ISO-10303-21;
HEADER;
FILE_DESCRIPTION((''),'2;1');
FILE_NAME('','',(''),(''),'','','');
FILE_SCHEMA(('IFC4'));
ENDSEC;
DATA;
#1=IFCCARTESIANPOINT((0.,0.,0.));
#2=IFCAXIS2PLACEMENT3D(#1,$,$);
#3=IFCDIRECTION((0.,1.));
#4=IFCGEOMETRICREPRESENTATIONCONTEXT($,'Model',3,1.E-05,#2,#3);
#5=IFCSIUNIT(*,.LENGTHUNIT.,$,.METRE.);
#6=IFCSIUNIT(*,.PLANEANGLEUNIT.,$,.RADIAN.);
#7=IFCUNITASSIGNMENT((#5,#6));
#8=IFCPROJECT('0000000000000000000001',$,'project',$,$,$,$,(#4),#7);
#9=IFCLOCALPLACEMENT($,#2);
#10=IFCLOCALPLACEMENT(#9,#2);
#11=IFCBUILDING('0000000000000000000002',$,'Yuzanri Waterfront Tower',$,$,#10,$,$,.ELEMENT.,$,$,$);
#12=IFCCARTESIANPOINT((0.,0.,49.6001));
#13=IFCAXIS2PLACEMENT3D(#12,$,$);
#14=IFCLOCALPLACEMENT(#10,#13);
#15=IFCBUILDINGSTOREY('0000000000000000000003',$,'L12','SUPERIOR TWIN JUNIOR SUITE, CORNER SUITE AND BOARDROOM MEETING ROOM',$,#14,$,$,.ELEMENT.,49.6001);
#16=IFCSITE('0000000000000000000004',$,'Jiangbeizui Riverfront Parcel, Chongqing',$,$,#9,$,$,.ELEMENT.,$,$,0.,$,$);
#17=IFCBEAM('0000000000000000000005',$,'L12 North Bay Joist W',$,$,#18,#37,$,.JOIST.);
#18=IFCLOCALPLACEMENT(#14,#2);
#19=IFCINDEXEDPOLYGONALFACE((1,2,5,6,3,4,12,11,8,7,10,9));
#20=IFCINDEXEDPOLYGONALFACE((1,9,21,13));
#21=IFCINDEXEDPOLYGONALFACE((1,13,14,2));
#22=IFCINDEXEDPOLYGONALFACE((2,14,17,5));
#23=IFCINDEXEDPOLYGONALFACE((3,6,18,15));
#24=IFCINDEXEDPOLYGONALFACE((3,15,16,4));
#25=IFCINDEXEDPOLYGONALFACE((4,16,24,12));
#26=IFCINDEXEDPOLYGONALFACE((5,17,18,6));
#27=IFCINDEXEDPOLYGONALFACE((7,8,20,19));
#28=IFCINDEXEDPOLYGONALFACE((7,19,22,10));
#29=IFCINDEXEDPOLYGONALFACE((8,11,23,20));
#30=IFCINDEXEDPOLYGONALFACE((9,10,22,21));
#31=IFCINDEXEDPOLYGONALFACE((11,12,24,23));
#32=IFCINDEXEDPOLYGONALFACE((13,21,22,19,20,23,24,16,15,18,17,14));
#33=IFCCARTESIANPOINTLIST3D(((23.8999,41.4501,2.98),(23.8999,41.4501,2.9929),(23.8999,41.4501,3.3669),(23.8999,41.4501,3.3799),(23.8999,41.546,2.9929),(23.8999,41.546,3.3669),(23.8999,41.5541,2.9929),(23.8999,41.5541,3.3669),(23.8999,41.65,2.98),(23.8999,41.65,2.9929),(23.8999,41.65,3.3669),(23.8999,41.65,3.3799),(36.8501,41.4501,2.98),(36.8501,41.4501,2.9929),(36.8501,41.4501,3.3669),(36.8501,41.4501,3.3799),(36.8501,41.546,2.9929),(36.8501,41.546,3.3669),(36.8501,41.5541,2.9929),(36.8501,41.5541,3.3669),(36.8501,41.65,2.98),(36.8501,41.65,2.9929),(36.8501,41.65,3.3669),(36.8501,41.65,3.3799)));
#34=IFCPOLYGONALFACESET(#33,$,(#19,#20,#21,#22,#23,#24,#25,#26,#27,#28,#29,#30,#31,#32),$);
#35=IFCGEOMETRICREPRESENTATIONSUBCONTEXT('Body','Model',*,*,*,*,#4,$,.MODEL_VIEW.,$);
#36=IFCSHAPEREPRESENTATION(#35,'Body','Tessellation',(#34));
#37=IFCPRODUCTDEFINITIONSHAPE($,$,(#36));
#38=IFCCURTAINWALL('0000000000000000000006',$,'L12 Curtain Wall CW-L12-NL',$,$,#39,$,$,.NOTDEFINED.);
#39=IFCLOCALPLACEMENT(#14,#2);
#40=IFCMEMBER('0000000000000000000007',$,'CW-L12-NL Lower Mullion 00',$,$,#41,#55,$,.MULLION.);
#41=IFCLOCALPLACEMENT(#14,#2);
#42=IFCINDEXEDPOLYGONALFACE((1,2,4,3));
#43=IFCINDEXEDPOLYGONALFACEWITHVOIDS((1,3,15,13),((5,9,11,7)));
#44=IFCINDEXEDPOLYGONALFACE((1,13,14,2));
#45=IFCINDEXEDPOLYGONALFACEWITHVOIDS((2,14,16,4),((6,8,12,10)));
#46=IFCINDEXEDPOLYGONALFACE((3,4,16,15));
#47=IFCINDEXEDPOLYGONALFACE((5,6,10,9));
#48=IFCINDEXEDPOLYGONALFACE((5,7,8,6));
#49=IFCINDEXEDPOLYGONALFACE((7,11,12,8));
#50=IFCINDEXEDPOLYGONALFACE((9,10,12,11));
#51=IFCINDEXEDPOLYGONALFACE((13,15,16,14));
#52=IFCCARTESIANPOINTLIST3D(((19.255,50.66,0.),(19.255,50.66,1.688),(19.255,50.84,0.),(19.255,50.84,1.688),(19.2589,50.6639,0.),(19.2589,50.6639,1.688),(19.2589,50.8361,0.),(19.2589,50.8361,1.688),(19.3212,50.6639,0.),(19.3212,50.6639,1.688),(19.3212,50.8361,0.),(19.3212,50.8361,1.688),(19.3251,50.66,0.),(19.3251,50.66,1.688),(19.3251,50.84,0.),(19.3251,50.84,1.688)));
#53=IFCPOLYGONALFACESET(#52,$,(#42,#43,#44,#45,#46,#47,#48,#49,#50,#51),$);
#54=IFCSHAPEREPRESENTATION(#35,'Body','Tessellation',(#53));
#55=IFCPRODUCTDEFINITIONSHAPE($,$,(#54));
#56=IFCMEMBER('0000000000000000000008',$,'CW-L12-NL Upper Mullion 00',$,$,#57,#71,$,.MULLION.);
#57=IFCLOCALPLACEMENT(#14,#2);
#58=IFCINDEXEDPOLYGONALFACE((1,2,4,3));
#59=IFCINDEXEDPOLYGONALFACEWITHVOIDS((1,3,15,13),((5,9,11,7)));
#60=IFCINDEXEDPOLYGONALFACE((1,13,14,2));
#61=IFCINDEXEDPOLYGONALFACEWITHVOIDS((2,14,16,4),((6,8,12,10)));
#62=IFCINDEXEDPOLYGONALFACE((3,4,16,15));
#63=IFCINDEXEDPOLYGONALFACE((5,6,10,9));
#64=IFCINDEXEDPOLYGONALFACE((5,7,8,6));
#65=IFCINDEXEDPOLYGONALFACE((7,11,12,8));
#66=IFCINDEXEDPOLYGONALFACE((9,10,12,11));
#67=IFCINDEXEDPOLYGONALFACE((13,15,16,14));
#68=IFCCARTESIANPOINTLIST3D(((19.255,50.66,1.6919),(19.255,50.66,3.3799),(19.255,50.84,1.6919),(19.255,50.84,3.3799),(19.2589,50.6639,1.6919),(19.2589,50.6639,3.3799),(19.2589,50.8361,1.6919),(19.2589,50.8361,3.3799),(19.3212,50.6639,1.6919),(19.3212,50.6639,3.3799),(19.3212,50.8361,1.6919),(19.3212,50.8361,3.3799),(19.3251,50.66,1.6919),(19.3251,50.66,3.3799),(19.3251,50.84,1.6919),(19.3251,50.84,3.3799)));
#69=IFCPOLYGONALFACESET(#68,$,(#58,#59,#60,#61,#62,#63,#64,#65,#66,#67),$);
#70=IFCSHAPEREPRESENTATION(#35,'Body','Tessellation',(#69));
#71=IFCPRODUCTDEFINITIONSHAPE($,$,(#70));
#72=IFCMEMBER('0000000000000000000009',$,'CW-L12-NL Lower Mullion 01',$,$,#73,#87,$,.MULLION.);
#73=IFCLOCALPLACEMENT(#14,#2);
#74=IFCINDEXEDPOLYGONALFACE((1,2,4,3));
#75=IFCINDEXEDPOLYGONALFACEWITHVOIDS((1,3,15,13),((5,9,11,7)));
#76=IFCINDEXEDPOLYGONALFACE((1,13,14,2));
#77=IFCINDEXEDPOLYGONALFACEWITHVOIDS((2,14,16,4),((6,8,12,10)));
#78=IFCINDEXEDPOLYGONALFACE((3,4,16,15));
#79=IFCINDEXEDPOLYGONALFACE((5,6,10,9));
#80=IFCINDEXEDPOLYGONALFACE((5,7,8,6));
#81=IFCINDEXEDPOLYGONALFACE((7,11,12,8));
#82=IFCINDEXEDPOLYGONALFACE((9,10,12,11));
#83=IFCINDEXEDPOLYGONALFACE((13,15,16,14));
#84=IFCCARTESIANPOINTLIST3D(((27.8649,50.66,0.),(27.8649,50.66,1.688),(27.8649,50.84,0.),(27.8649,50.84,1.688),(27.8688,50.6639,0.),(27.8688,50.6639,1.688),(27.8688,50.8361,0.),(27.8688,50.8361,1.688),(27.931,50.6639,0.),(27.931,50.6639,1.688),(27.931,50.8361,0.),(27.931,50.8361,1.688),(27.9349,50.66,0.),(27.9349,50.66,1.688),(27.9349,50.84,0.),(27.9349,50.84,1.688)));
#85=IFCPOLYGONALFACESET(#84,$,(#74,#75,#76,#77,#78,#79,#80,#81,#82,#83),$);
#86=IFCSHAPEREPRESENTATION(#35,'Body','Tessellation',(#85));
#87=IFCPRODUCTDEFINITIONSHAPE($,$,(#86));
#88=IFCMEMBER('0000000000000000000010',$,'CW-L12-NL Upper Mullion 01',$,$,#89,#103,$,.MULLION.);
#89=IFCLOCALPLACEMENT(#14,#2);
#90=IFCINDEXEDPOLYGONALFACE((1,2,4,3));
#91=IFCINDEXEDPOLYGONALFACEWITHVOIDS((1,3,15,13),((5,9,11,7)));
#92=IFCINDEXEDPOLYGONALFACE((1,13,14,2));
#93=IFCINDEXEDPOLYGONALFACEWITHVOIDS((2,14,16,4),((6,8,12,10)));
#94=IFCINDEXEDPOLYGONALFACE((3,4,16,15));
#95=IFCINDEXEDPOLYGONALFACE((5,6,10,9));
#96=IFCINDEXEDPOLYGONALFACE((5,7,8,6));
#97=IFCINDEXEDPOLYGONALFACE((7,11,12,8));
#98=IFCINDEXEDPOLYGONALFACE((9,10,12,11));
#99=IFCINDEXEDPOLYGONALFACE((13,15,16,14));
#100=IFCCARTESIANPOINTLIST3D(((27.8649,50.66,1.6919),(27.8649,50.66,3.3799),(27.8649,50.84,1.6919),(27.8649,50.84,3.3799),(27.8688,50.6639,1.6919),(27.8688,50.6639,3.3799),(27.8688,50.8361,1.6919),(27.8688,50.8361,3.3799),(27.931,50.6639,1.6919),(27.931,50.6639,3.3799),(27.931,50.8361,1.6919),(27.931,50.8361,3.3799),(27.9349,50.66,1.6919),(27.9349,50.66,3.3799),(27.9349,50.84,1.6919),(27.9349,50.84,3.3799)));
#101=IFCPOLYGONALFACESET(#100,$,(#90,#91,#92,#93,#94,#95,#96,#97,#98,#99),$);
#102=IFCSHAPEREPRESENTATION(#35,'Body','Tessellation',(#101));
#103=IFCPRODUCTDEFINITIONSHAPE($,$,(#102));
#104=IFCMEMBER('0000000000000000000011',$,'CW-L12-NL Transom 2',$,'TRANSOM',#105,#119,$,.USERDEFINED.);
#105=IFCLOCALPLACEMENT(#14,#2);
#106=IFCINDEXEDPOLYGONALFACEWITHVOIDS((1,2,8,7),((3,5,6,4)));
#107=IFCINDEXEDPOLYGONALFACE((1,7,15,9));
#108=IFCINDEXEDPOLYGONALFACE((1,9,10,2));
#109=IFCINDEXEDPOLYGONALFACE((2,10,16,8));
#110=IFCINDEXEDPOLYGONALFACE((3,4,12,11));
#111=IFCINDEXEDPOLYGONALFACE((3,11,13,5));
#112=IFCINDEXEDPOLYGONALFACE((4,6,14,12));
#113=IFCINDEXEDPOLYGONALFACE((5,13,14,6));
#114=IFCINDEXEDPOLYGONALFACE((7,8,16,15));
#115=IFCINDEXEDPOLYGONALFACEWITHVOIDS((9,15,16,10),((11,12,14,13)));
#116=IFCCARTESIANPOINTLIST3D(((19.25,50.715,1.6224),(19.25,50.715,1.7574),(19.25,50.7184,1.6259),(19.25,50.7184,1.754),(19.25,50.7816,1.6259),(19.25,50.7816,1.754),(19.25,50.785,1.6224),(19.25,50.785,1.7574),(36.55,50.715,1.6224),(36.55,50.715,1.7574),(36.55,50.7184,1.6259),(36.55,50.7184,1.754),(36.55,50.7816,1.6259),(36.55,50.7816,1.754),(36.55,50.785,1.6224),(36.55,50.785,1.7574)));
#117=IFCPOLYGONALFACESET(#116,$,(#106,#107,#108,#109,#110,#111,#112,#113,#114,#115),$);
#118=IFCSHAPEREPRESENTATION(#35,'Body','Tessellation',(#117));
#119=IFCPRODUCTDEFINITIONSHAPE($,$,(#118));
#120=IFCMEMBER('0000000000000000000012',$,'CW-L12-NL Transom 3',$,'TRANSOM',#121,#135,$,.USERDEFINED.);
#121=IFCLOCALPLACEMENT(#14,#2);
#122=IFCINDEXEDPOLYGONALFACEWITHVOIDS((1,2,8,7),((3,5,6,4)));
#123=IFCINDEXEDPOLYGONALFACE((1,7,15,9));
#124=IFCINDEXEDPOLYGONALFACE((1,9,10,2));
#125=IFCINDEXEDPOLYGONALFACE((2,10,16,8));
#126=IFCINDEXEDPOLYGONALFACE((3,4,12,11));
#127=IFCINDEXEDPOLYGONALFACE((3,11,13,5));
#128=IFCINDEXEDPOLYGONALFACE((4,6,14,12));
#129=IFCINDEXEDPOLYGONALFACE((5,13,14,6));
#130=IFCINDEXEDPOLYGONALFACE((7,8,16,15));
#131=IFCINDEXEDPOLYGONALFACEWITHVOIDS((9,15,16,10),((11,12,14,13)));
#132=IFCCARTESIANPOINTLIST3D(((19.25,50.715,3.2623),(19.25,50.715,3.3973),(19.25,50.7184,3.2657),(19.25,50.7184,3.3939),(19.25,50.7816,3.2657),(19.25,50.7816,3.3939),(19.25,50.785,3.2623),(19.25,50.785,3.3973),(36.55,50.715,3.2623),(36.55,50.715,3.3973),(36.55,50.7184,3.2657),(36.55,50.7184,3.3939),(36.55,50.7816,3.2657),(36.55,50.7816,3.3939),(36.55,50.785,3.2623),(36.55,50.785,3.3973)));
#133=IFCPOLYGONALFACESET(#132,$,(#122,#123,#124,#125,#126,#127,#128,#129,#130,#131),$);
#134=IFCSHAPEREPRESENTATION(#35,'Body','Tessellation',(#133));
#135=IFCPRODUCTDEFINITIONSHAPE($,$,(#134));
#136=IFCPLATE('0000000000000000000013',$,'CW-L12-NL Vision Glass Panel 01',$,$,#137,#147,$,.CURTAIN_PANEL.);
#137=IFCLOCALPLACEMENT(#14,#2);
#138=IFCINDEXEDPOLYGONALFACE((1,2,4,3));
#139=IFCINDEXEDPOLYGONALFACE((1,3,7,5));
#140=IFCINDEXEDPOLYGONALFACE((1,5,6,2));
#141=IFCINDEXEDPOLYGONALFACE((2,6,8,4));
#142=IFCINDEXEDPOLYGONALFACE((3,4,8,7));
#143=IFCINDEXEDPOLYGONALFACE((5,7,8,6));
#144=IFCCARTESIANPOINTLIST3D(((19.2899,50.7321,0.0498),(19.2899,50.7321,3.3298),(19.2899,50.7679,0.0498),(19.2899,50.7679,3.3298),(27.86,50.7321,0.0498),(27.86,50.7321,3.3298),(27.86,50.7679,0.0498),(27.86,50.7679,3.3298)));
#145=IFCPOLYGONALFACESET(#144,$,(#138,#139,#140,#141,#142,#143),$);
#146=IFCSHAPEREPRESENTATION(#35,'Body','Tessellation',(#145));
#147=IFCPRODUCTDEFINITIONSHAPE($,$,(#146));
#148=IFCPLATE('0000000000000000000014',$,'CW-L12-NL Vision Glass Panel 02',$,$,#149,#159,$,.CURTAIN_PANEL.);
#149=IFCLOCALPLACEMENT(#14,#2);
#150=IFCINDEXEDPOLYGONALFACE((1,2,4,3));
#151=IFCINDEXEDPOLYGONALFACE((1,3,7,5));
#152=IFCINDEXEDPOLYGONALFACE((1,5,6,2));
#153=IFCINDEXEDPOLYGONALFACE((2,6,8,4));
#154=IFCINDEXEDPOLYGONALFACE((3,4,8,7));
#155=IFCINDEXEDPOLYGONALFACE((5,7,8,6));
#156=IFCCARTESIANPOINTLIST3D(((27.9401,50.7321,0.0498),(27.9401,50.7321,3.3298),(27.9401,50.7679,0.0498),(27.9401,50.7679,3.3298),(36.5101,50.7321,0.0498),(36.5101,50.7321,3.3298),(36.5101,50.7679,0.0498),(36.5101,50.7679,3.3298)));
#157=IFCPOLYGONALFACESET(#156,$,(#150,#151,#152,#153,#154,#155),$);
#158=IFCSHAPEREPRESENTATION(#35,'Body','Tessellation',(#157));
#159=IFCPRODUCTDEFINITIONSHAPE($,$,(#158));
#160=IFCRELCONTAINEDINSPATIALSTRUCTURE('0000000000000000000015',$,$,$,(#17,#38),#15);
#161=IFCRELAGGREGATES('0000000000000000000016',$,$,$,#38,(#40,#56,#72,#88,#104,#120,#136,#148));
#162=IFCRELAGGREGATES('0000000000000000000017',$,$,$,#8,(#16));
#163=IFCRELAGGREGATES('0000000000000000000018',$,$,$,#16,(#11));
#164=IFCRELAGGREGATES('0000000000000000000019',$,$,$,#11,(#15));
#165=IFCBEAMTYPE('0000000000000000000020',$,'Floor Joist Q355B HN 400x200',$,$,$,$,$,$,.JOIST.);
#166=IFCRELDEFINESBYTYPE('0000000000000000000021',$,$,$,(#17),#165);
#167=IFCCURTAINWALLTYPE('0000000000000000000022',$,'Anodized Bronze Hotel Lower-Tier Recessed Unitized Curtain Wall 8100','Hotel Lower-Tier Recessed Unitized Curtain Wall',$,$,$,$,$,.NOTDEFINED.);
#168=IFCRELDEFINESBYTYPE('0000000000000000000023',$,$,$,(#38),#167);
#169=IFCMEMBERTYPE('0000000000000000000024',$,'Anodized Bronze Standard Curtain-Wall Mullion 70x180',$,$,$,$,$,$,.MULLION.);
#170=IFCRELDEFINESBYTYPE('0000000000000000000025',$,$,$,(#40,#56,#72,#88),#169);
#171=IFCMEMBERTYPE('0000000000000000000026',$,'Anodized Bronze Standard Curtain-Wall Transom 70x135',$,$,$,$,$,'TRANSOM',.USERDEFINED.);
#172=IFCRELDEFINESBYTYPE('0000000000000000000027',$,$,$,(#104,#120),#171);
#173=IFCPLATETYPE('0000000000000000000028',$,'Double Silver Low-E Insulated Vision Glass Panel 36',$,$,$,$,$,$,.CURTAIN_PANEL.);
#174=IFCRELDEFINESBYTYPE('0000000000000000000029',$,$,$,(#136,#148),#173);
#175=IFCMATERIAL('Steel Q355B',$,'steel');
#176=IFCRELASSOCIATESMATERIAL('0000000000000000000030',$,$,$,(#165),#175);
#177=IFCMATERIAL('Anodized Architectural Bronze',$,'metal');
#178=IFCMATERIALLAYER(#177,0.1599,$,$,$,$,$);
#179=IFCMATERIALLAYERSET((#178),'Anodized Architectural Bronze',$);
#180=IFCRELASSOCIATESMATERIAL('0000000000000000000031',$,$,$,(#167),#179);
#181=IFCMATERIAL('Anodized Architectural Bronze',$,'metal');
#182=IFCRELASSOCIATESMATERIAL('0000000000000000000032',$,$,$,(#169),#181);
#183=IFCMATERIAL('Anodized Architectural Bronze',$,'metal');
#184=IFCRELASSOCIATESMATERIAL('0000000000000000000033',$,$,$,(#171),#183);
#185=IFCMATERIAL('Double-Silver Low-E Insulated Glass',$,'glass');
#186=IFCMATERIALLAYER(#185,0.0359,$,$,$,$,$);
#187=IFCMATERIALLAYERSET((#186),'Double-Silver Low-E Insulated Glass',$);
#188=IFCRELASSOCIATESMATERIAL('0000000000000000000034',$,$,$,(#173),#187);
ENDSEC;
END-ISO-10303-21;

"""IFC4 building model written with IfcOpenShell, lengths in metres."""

from ifc_helpers import new_model, si_unit, direction, frame, origin, origin_2d, place, context, subcontext, project, spatial, rectangle, hollow_rectangle, i_section, extrude, source, transform, mapped, material, layer, layer_set, material_profile, profile_set, type_object, element, aggregate, save


model = new_model("IFC4")

# Units and contexts
model_context = context("Model", 3, precision=1e-05, world=origin(), true_north=direction((0.0, 1.0)))
body_context = subcontext(model_context, "Body", "Model", "MODEL_VIEW")
ifc_project = project(units=[si_unit("LENGTHUNIT", "METRE"), si_unit("PLANEANGLEUNIT", "RADIAN")], contexts=[model_context])

# Site, building, storey
site_placement = place(None, origin())
site = spatial("IfcSite", under=ifc_project, at=site_placement, Name="Jiangbeizui Riverfront Parcel, Chongqing", CompositionType="ELEMENT", RefElevation=0.0)
building_placement = place(site_placement, origin())
building = spatial("IfcBuilding", under=site, at=building_placement, Name="Yuzanri Waterfront Tower", CompositionType="ELEMENT")
storey_placement = place(building_placement, frame((0.0, 0.0, 49.6001)))
storey = spatial("IfcBuildingStorey", under=building, at=storey_placement, Name="L12", Description="SUPERIOR TWIN JUNIOR SUITE, CORNER SUITE AND BOARDROOM MEETING ROOM", CompositionType="ELEMENT", Elevation=49.6001)

# Beam
ifc_material_1 = material(Name="Steel Q355B", Category="steel")
ifc_material_profile_1 = material_profile(ifc_material_1, i_section(OverallWidth=0.2, OverallDepth=0.3999, WebThickness=0.0081, FlangeThickness=0.0129, at=origin_2d()), Name="HN 400x200x8x13")
ifc_profile_set_1 = profile_set([ifc_material_profile_1], Name="Steel Q355B")
beam_type = type_object("IfcBeamType", Name="Floor Joist Q355B HN 400x200", PredefinedType="JOIST", material=ifc_profile_set_1)
shared_shape_1 = source(origin(), body_context, "Body", "SweptSolid", [
    extrude(i_section(OverallWidth=0.2, OverallDepth=0.3999, WebThickness=0.0081, FlangeThickness=0.0129, at=origin_2d()), origin(), (0.0, 0.0, 1.0), 12.9502),
])
beam_placement = place(storey_placement, frame((23.8999, 41.55, 3.1799), z_axis=(1.0, 0.0, 0.0), x_axis=(0.0, 1.0, 0.0)))
element("IfcBeam", 1, at=beam_placement, inside=storey, type_object=beam_type, Name="L12 North Bay Joist W", PredefinedType="JOIST", context=body_context, shape_type="MappedRepresentation", body=[
    mapped(shared_shape_1, transform((0.0, 0.0, 0.0), scale=1.0)),
])

# Curtain wall, members, plates
ifc_material_2 = material(Name="Anodized Architectural Bronze", Category="metal")
ifc_layer_1 = layer(ifc_material_2, 0.1599)
ifc_layer_set_1 = layer_set([ifc_layer_1], Name="Anodized Architectural Bronze")
curtain_wall_type = type_object("IfcCurtainWallType", Name="Anodized Bronze Hotel Lower-Tier Recessed Unitized Curtain Wall 8100", Description="Hotel Lower-Tier Recessed Unitized Curtain Wall", PredefinedType="NOTDEFINED", material=ifc_layer_set_1)
curtain_wall_placement = place(storey_placement, origin())
curtain_wall = element("IfcCurtainWall", 2, at=curtain_wall_placement, inside=storey, type_object=curtain_wall_type, Name="L12 Curtain Wall CW-L12-NL", PredefinedType="NOTDEFINED")
ifc_material_3 = material(Name="Anodized Architectural Bronze", Category="metal")
ifc_material_profile_2 = material_profile(ifc_material_3, hollow_rectangle(XDim=0.0701, YDim=0.1799, WallThickness=0.0039, at=origin_2d()), Name="CWM 70x180")
ifc_profile_set_2 = profile_set([ifc_material_profile_2], Name="Anodized Architectural Bronze")
member_type_1 = type_object("IfcMemberType", Name="Anodized Bronze Standard Curtain-Wall Mullion 70x180", PredefinedType="MULLION", material=ifc_profile_set_2)
shared_shape_2 = source(origin(), body_context, "Body", "SweptSolid", [
    extrude(hollow_rectangle(XDim=0.0701, YDim=0.1799, WallThickness=0.0039, at=origin_2d()), origin(), (0.0, 0.0, 1.0), 1.688),
])
member_1_placement = place(storey_placement, frame((19.29, 50.75, 0.0), z_axis=(0.0, 0.0, 1.0), x_axis=(1.0, 0.0, 0.0)))
member_1 = element("IfcMember", 3, at=member_1_placement, type_object=member_type_1, Name="CW-L12-NL Lower Mullion 00", PredefinedType="MULLION", context=body_context, shape_type="MappedRepresentation", body=[
    mapped(shared_shape_2, transform((0.0, 0.0, 0.0), scale=1.0)),
])
member_2_placement = place(storey_placement, frame((19.29, 50.75, 1.6919), z_axis=(0.0, 0.0, 1.0), x_axis=(1.0, 0.0, 0.0)))
member_2 = element("IfcMember", 4, at=member_2_placement, type_object=member_type_1, Name="CW-L12-NL Upper Mullion 00", PredefinedType="MULLION", context=body_context, shape_type="MappedRepresentation", body=[
    mapped(shared_shape_2, transform((0.0, 0.0, 0.0), scale=1.0)),
])
member_3_placement = place(storey_placement, frame((27.8999, 50.75, 0.0), z_axis=(0.0, 0.0, 1.0), x_axis=(1.0, 0.0, 0.0)))
member_3 = element("IfcMember", 5, at=member_3_placement, type_object=member_type_1, Name="CW-L12-NL Lower Mullion 01", PredefinedType="MULLION", context=body_context, shape_type="MappedRepresentation", body=[
    mapped(shared_shape_2, transform((0.0, 0.0, 0.0), scale=1.0)),
])
member_4_placement = place(storey_placement, frame((27.8999, 50.75, 1.6919), z_axis=(0.0, 0.0, 1.0), x_axis=(1.0, 0.0, 0.0)))
member_4 = element("IfcMember", 6, at=member_4_placement, type_object=member_type_1, Name="CW-L12-NL Upper Mullion 01", PredefinedType="MULLION", context=body_context, shape_type="MappedRepresentation", body=[
    mapped(shared_shape_2, transform((0.0, 0.0, 0.0), scale=1.0)),
])
ifc_material_4 = material(Name="Anodized Architectural Bronze", Category="metal")
ifc_material_profile_3 = material_profile(ifc_material_4, hollow_rectangle(XDim=0.0701, YDim=0.135, WallThickness=0.0034, at=origin_2d()), Name="CWT 70x135")
ifc_profile_set_3 = profile_set([ifc_material_profile_3], Name="Anodized Architectural Bronze")
member_type_2 = type_object("IfcMemberType", Name="Anodized Bronze Standard Curtain-Wall Transom 70x135", ElementType="TRANSOM", PredefinedType="USERDEFINED", material=ifc_profile_set_3)
shared_shape_3 = source(origin(), body_context, "Body", "SweptSolid", [
    extrude(hollow_rectangle(XDim=0.0701, YDim=0.135, WallThickness=0.0034, at=origin_2d()), origin(), (0.0, 0.0, 1.0), 17.3),
])
member_5_placement = place(storey_placement, frame((19.25, 50.75, 1.6899), z_axis=(1.0, 0.0, 0.0), x_axis=(0.0, 1.0, 0.0)))
member_5 = element("IfcMember", 7, at=member_5_placement, type_object=member_type_2, Name="CW-L12-NL Transom 2", ObjectType="TRANSOM", PredefinedType="USERDEFINED", context=body_context, shape_type="MappedRepresentation", body=[
    mapped(shared_shape_3, transform((0.0, 0.0, 0.0), scale=1.0)),
])
member_6_placement = place(storey_placement, frame((19.25, 50.75, 3.3298), z_axis=(1.0, 0.0, 0.0), x_axis=(0.0, 1.0, 0.0)))
member_6 = element("IfcMember", 8, at=member_6_placement, type_object=member_type_2, Name="CW-L12-NL Transom 3", ObjectType="TRANSOM", PredefinedType="USERDEFINED", context=body_context, shape_type="MappedRepresentation", body=[
    mapped(shared_shape_3, transform((0.0, 0.0, 0.0), scale=1.0)),
])
ifc_material_5 = material(Name="Double-Silver Low-E Insulated Glass", Category="glass")
ifc_layer_2 = layer(ifc_material_5, 0.0359)
ifc_layer_set_2 = layer_set([ifc_layer_2], Name="Double-Silver Low-E Insulated Glass")
plate_type = type_object("IfcPlateType", Name="Double Silver Low-E Insulated Vision Glass Panel 36", PredefinedType="CURTAIN_PANEL", material=ifc_layer_set_2)
shared_shape_4 = source(origin(), body_context, "Body", "SweptSolid", [
    extrude(rectangle(XDim=8.5701, YDim=0.0359, at=origin_2d()), origin(), (0.0, 0.0, 1.0), 3.28),
])
plate_1_placement = place(storey_placement, frame((23.575, 50.75, 0.0498), z_axis=(0.0, 0.0, 1.0), x_axis=(1.0, 0.0, 0.0)))
plate_1 = element("IfcPlate", 9, at=plate_1_placement, type_object=plate_type, Name="CW-L12-NL Vision Glass Panel 01", PredefinedType="CURTAIN_PANEL", context=body_context, shape_type="MappedRepresentation", body=[
    mapped(shared_shape_4, transform((0.0, 0.0, 0.0), scale=1.0)),
])
plate_2_placement = place(storey_placement, frame((32.2251, 50.75, 0.0498), z_axis=(0.0, 0.0, 1.0), x_axis=(1.0, 0.0, 0.0)))
plate_2 = element("IfcPlate", 10, at=plate_2_placement, type_object=plate_type, Name="CW-L12-NL Vision Glass Panel 02", PredefinedType="CURTAIN_PANEL", context=body_context, shape_type="MappedRepresentation", body=[
    mapped(shared_shape_4, transform((0.0, 0.0, 0.0), scale=1.0)),
])
aggregate(curtain_wall, [member_1, member_2, member_3, member_4, member_5, member_6, plate_1, plate_2])

save(model, "model.ifc")
